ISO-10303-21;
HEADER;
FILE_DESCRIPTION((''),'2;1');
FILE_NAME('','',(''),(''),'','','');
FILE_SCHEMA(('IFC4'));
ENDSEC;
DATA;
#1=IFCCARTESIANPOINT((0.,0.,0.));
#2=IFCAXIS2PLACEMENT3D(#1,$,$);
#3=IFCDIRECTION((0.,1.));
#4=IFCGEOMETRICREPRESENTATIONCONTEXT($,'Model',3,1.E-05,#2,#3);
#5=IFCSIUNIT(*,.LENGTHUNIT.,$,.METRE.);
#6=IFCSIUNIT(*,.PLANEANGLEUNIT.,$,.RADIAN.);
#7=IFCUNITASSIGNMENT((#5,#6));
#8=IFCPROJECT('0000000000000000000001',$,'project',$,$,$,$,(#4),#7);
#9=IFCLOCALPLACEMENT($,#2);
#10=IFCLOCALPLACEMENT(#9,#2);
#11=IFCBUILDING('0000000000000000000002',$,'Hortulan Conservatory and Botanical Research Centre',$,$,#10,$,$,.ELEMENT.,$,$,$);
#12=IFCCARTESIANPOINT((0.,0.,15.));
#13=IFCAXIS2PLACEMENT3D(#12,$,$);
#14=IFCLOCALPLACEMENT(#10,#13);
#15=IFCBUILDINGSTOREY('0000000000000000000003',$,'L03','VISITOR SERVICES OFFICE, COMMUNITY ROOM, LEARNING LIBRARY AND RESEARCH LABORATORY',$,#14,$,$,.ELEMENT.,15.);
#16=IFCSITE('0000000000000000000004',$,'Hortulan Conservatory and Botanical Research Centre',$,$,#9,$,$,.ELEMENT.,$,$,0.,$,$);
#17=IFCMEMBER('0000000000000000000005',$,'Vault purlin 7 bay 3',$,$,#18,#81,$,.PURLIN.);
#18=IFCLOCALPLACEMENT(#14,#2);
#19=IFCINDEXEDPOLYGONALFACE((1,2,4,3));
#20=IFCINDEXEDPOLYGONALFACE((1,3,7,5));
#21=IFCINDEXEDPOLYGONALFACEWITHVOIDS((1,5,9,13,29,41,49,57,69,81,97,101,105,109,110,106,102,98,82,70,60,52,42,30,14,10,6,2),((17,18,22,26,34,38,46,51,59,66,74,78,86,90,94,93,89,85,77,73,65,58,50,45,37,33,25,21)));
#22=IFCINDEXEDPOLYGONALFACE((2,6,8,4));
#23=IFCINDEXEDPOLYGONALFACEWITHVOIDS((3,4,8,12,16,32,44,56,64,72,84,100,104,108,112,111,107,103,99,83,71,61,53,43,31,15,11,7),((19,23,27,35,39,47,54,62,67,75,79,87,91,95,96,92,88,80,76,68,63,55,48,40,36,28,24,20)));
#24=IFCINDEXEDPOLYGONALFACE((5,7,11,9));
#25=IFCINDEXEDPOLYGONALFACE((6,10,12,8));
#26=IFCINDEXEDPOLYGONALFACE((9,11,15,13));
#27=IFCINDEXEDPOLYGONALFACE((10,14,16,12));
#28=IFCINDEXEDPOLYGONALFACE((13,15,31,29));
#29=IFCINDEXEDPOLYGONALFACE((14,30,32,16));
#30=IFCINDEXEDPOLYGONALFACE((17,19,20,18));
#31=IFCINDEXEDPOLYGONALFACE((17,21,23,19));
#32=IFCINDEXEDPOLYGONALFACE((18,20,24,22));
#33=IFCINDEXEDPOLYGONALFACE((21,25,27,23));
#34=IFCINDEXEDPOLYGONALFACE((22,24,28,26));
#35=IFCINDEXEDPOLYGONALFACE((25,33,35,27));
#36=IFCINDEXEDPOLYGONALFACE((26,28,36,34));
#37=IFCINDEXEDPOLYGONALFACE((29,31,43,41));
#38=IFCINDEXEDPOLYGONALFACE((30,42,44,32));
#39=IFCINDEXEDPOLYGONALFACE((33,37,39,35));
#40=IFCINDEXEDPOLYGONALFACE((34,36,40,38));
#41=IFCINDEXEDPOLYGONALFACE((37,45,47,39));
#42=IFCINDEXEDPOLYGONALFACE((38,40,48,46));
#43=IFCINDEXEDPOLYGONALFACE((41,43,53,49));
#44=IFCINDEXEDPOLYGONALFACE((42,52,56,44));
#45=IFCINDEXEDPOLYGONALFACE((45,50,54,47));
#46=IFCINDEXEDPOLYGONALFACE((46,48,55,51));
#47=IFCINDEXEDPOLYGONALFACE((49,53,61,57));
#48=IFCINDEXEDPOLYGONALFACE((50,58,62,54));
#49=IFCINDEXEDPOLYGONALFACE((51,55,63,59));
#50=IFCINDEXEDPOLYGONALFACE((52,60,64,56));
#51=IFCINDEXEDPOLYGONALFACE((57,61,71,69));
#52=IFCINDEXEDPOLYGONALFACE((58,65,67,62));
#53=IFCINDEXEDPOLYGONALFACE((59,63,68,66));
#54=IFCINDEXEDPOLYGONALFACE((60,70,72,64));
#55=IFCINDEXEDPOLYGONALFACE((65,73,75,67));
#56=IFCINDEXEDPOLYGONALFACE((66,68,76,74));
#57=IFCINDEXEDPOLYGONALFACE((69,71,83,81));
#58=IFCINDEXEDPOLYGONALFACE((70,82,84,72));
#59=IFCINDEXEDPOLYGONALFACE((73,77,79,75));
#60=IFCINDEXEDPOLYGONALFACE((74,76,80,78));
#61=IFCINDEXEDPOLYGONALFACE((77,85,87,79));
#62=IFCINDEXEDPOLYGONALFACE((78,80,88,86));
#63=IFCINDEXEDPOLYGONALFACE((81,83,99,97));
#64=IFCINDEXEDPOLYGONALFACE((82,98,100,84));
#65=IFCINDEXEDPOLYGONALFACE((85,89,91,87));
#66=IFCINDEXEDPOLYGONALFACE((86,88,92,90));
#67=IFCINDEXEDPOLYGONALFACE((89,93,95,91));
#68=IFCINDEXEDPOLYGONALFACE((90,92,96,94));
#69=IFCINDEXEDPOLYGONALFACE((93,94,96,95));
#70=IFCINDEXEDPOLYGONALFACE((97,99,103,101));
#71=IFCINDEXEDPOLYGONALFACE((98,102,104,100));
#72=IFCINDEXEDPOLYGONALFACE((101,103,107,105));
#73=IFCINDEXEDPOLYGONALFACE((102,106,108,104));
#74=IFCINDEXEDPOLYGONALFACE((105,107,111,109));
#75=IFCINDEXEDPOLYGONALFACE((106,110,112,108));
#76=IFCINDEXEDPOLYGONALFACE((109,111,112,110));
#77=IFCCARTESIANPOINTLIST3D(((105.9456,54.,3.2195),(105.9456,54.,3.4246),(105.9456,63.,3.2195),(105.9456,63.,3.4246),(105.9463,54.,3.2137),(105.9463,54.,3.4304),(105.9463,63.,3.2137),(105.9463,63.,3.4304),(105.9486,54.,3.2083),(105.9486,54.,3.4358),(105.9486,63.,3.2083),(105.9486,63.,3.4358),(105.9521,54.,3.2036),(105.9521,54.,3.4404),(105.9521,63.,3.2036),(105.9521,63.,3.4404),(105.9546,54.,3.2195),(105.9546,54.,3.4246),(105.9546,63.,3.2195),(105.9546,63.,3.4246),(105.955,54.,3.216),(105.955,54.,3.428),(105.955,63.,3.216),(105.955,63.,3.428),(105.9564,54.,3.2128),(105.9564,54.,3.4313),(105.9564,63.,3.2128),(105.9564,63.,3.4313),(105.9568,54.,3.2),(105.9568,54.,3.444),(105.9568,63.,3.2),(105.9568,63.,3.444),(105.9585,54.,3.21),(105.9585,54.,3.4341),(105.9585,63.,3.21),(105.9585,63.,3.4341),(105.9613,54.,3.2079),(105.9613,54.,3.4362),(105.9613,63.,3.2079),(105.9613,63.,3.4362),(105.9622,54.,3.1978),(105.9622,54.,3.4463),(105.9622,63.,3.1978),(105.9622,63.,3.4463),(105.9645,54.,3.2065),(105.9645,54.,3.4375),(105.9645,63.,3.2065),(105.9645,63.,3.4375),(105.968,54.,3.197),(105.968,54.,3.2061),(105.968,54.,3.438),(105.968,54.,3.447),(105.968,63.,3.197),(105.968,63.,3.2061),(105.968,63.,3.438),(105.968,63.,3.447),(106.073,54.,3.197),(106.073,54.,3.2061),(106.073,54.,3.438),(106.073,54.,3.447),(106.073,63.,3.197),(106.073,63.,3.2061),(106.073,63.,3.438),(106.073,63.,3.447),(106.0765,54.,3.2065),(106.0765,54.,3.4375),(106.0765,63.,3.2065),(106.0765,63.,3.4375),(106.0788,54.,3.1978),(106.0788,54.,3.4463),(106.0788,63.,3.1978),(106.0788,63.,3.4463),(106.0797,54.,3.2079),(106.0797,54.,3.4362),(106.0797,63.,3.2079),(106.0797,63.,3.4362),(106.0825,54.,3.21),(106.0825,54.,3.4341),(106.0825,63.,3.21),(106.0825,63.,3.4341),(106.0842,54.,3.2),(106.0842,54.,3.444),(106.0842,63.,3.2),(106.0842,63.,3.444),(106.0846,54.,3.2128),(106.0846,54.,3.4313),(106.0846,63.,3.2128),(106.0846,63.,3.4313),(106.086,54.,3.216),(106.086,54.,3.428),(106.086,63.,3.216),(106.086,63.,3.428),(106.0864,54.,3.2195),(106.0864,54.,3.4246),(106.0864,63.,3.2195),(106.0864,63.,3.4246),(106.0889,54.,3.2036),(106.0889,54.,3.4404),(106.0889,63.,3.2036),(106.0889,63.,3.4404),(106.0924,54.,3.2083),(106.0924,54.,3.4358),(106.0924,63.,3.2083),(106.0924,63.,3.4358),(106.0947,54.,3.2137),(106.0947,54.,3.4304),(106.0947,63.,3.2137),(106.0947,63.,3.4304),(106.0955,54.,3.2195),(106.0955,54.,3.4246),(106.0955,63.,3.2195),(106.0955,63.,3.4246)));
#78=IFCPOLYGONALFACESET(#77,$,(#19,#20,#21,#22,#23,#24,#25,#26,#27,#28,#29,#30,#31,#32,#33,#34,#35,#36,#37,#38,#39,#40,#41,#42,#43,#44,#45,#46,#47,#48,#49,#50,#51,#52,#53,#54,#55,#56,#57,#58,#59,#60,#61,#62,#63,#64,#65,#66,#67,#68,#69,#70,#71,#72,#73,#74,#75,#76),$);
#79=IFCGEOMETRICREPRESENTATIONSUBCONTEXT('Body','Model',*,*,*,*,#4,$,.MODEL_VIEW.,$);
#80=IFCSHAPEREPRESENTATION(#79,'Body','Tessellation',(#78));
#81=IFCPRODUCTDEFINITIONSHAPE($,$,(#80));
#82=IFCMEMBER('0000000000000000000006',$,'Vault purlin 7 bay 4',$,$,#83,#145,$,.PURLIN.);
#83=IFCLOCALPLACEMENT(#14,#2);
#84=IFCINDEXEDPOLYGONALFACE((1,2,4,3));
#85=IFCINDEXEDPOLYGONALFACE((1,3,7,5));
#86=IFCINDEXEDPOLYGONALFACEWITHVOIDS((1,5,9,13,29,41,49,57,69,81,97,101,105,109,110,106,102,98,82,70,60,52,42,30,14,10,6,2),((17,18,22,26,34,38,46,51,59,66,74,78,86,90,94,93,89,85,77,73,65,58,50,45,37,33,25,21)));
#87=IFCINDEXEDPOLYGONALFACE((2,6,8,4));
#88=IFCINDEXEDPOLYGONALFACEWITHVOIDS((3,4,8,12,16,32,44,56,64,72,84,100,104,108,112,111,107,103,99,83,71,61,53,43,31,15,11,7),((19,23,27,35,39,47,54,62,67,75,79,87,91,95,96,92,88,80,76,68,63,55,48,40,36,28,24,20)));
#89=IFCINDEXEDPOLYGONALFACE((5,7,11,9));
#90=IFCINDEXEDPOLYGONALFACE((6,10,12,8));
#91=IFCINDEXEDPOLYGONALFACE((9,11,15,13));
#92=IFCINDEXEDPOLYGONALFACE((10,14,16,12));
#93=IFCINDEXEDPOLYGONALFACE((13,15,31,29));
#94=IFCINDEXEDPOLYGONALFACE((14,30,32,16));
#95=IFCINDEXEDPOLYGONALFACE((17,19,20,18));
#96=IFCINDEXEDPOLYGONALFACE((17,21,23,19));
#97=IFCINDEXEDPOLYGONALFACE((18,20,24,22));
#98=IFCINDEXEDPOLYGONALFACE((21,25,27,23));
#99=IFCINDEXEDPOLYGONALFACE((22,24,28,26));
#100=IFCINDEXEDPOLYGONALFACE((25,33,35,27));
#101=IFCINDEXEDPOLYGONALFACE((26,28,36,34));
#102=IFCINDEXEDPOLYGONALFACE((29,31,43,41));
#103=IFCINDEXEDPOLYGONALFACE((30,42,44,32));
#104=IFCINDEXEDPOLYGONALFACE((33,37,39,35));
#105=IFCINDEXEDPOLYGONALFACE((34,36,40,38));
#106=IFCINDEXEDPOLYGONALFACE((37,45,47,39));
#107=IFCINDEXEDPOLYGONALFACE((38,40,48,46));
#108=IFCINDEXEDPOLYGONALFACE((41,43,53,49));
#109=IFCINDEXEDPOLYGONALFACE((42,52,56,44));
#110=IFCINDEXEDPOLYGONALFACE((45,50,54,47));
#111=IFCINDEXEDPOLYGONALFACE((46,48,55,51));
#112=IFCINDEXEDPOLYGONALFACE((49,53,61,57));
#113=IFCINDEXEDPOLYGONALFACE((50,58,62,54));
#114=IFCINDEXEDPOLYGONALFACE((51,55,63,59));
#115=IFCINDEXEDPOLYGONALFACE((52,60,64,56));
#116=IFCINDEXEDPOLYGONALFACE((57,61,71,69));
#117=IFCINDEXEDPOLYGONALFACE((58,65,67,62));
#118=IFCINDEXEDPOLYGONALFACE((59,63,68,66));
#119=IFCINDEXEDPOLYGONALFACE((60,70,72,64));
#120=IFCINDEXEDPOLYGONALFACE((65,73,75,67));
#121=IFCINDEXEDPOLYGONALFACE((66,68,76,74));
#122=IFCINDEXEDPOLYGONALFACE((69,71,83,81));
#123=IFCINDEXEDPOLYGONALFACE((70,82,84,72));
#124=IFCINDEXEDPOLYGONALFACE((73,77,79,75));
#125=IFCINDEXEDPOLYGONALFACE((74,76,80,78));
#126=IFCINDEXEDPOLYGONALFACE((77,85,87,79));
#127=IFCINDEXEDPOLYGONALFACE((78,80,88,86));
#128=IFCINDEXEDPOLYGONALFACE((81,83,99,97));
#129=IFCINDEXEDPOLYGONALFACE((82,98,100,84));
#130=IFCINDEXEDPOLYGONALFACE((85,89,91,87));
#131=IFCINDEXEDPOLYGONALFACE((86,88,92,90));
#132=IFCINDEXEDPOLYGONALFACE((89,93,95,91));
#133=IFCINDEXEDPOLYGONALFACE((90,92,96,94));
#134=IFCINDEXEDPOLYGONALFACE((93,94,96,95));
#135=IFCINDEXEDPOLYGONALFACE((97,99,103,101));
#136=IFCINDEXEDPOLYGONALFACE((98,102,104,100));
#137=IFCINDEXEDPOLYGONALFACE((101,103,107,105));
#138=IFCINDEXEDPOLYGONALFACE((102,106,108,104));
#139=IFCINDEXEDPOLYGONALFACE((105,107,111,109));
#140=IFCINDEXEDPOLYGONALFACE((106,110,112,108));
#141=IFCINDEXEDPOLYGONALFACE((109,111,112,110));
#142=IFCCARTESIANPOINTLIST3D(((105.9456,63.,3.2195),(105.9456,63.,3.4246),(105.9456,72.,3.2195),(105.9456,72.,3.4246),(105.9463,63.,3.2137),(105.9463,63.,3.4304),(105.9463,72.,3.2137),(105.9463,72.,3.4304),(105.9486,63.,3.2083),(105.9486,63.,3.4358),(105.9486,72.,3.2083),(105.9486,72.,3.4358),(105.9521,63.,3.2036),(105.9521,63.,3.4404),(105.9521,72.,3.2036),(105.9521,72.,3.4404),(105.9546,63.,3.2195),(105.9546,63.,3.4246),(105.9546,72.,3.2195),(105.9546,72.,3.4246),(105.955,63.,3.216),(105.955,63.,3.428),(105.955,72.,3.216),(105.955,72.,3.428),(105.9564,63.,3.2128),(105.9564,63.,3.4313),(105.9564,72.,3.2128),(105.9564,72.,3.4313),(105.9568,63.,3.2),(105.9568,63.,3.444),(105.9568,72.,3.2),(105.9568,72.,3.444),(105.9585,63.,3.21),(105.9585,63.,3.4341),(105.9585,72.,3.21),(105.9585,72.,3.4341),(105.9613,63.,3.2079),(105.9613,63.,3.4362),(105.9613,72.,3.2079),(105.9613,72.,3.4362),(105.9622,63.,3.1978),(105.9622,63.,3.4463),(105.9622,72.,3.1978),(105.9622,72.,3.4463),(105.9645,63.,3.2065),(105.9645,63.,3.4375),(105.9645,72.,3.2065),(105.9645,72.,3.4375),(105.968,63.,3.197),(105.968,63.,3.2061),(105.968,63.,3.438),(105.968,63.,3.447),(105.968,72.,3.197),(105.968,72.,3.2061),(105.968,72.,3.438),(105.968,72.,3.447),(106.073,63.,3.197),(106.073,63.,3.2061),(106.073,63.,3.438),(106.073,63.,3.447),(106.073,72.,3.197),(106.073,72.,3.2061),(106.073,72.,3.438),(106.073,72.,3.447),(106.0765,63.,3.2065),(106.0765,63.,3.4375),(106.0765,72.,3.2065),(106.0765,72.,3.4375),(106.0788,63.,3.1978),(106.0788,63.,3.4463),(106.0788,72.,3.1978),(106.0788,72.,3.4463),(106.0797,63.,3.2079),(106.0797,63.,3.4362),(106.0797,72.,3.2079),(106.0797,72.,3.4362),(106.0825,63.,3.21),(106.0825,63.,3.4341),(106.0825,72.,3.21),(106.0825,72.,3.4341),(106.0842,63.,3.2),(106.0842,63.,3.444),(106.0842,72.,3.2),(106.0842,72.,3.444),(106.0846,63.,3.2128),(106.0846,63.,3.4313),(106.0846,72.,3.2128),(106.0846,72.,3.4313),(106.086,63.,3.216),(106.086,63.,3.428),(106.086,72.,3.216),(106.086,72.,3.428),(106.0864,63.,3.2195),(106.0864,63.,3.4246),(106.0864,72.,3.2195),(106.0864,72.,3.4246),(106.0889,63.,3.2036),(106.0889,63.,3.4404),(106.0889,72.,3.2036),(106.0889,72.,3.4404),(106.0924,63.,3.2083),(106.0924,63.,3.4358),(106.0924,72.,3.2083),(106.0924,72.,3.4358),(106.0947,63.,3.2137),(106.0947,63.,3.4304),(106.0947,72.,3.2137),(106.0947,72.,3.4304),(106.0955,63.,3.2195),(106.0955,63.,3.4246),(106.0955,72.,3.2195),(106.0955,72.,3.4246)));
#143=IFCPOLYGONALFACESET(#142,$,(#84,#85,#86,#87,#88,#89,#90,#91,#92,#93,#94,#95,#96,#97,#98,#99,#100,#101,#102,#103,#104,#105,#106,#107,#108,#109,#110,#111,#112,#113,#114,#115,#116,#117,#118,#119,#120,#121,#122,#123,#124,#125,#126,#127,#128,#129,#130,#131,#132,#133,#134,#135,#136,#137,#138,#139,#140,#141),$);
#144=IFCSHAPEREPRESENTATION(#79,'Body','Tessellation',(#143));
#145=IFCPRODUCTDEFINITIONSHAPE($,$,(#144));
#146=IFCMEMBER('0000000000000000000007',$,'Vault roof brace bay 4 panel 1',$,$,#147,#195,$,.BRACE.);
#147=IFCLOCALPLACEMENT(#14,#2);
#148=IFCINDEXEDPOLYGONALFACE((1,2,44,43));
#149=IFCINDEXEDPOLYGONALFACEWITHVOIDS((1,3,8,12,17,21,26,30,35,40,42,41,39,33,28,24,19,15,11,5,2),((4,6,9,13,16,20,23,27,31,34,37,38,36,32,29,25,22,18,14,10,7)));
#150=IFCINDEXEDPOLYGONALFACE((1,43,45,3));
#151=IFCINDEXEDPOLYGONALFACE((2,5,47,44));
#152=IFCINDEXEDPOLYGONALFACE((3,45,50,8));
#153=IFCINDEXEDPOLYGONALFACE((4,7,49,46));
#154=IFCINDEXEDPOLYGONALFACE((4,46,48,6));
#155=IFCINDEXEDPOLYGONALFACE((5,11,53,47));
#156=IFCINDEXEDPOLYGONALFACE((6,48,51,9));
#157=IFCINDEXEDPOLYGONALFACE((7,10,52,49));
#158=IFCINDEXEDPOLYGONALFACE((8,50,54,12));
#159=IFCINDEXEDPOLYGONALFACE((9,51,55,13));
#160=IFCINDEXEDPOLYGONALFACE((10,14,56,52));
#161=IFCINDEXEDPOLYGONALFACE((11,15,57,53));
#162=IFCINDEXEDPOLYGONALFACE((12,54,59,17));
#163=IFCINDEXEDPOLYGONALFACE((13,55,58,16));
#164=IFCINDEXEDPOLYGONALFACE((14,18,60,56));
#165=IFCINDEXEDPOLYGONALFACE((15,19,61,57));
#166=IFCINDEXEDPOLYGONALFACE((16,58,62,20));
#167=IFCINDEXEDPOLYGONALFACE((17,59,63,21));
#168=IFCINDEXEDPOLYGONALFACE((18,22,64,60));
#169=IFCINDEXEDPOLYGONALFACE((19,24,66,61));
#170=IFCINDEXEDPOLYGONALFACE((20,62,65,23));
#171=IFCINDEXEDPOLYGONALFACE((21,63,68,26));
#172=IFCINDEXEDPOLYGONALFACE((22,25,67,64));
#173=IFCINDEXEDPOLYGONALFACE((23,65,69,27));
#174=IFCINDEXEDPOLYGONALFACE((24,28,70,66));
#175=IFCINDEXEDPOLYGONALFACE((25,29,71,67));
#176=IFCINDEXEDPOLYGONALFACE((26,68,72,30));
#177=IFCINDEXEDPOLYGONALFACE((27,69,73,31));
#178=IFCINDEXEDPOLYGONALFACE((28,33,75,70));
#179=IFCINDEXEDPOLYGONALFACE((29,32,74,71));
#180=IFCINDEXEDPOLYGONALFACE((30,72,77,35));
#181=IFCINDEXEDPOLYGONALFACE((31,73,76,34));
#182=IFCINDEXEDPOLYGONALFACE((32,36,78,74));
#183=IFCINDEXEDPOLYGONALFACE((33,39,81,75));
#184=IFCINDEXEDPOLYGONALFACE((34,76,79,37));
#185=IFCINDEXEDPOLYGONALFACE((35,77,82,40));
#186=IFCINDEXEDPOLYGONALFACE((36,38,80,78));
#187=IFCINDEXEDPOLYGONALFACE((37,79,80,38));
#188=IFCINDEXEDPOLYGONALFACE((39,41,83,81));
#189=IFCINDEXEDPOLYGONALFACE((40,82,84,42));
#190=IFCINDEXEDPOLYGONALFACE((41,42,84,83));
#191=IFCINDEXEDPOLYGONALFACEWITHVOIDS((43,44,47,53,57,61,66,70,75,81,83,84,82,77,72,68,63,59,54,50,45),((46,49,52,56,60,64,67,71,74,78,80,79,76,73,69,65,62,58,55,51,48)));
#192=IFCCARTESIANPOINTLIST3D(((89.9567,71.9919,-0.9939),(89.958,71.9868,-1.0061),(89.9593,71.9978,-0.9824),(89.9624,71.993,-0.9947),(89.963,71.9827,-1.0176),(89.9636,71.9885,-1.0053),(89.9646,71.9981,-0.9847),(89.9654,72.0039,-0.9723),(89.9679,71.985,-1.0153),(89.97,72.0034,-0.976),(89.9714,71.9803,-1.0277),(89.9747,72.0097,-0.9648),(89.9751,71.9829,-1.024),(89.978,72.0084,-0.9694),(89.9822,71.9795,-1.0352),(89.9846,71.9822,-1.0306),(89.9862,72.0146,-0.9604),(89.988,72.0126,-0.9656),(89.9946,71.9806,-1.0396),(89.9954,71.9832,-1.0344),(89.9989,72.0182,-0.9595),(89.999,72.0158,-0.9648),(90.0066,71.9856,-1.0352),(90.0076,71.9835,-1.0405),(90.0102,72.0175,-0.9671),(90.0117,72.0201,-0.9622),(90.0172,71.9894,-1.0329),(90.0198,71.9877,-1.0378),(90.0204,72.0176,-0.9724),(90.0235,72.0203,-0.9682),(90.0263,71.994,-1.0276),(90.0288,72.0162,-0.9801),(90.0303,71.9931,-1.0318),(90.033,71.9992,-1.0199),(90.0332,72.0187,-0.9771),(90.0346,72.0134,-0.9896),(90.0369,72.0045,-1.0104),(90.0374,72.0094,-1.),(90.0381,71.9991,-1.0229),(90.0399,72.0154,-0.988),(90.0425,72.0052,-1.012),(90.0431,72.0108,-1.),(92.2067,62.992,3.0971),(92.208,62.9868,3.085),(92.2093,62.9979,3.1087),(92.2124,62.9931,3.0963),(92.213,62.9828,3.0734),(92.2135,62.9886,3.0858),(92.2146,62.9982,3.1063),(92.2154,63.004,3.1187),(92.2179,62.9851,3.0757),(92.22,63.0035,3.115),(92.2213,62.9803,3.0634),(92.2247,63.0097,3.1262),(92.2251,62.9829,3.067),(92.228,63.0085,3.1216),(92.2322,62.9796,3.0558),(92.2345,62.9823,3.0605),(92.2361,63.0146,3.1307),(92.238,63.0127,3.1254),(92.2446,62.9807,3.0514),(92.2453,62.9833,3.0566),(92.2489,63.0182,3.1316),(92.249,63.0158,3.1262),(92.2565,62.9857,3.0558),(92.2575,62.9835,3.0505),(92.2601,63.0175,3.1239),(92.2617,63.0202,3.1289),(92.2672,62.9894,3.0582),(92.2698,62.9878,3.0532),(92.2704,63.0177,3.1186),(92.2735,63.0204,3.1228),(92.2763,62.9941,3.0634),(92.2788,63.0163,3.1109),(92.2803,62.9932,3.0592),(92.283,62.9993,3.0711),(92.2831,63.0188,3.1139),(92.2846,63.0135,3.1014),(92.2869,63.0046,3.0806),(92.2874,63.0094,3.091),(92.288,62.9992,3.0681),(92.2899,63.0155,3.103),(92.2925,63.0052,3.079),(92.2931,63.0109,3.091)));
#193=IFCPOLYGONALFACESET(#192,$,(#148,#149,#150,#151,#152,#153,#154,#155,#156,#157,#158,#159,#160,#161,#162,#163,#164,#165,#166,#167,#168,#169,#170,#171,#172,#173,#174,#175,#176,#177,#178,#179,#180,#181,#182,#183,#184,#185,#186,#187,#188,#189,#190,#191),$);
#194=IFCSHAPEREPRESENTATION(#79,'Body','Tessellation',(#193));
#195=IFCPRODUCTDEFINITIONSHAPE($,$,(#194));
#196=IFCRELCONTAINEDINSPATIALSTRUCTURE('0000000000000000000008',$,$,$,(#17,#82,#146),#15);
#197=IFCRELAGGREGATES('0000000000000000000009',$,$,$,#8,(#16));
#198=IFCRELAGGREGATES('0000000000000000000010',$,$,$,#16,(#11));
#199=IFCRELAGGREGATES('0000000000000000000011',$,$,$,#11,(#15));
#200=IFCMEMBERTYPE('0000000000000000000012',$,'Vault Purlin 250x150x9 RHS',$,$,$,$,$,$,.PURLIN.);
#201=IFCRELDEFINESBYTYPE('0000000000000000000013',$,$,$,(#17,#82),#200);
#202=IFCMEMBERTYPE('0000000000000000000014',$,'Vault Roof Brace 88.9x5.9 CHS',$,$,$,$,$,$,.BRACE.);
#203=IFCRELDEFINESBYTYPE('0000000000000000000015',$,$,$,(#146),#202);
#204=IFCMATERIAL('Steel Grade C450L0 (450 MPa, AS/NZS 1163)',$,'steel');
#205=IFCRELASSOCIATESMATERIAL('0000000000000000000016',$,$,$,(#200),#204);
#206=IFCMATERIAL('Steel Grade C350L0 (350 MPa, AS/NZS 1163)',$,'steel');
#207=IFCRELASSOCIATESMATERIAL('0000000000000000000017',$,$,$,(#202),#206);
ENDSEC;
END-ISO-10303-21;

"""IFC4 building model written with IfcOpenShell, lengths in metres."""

from ifc_helpers import new_model, si_unit, direction, frame, origin, origin_2d, place, context, subcontext, project, spatial, hollow_rectangle, hollow_circle, extrude, material, material_profile, profile_set, type_object, element, save


model = new_model("IFC4")

# Units and contexts
model_context = context("Model", 3, precision=1e-05, world=origin(), true_north=direction((0.0, 1.0)))
body_context = subcontext(model_context, "Body", "Model", "MODEL_VIEW")
ifc_project = project(units=[si_unit("LENGTHUNIT", "METRE"), si_unit("PLANEANGLEUNIT", "RADIAN")], contexts=[model_context])

# Site, building, storey
site_placement = place(None, origin())
site = spatial("IfcSite", under=ifc_project, at=site_placement, Name="Hortulan Conservatory and Botanical Research Centre", CompositionType="ELEMENT", RefElevation=0.0)
building_placement = place(site_placement, origin())
building = spatial("IfcBuilding", under=site, at=building_placement, Name="Hortulan Conservatory and Botanical Research Centre", CompositionType="ELEMENT")
storey_placement = place(building_placement, frame((0.0, 0.0, 15.0)))
storey = spatial("IfcBuildingStorey", under=building, at=storey_placement, Name="L03", Description="VISITOR SERVICES OFFICE, COMMUNITY ROOM, LEARNING LIBRARY AND RESEARCH LABORATORY", CompositionType="ELEMENT", Elevation=15.0)

# Members
ifc_material_1 = material(Name="Steel Grade C450L0 (450 MPa, AS/NZS 1163)", Category="steel")
ifc_material_profile_1 = material_profile(ifc_material_1, hollow_rectangle(XDim=0.1499, YDim=0.25, WallThickness=0.009, InnerFilletRadius=0.0134, OuterFilletRadius=0.0225, at=origin_2d()), Name="250x150x9RHS")
ifc_profile_set_1 = profile_set([ifc_material_profile_1], Name="Steel Grade C450L0 (450 MPa, AS/NZS 1163)")
member_type_1 = type_object("IfcMemberType", Name="Vault Purlin 250x150x9 RHS", PredefinedType="PURLIN", material=ifc_profile_set_1)
for number, where, z_axis, x_axis, name in (
    (1, (106.0205, 54.0, 3.322), (0.0, 1.0, 0.0), (-1.0, 0.0, 0.0), "Vault purlin 7 bay 3"),
    (2, (106.0205, 63.0, 3.322), (0.0, 1.0, 0.0), (-1.0, 0.0, 0.0), "Vault purlin 7 bay 4"),
):
    element("IfcMember", number, at=place(storey_placement, frame(where, z_axis=z_axis, x_axis=x_axis)), inside=storey, type_object=member_type_1, Name=name, PredefinedType="PURLIN", context=body_context, shape_type="SweptSolid", body=[
        extrude(hollow_rectangle(XDim=0.1499, YDim=0.25, WallThickness=0.009, InnerFilletRadius=0.0134, OuterFilletRadius=0.0225, at=origin_2d()), origin(), (0.0, 0.0, 1.0), 9.0),
    ])
ifc_material_2 = material(Name="Steel Grade C350L0 (350 MPa, AS/NZS 1163)", Category="steel")
ifc_material_profile_2 = material_profile(ifc_material_2, hollow_circle(Radius=0.0444, WallThickness=0.0059, at=origin_2d()), Name="88.9x5.9CHS")
ifc_profile_set_2 = profile_set([ifc_material_profile_2], Name="Steel Grade C350L0 (350 MPa, AS/NZS 1163)")
member_type_2 = type_object("IfcMemberType", Name="Vault Roof Brace 88.9x5.9 CHS", PredefinedType="BRACE", material=ifc_profile_set_2)
member_1_placement = place(storey_placement, frame((90.0, 72.0, -1.0), z_axis=(0.221915, -0.887662, 0.403498), x_axis=(0.970143, 0.242536, 0.0)))
element("IfcMember", 3, at=member_1_placement, inside=storey, type_object=member_type_2, Name="Vault roof brace bay 4 panel 1", PredefinedType="BRACE", context=body_context, shape_type="SweptSolid", body=[
    extrude(hollow_circle(Radius=0.0444, WallThickness=0.0059, at=origin_2d()), origin(), (0.0, 0.0, 1.0), 10.1389),
])

save(model, "model.ifc")
